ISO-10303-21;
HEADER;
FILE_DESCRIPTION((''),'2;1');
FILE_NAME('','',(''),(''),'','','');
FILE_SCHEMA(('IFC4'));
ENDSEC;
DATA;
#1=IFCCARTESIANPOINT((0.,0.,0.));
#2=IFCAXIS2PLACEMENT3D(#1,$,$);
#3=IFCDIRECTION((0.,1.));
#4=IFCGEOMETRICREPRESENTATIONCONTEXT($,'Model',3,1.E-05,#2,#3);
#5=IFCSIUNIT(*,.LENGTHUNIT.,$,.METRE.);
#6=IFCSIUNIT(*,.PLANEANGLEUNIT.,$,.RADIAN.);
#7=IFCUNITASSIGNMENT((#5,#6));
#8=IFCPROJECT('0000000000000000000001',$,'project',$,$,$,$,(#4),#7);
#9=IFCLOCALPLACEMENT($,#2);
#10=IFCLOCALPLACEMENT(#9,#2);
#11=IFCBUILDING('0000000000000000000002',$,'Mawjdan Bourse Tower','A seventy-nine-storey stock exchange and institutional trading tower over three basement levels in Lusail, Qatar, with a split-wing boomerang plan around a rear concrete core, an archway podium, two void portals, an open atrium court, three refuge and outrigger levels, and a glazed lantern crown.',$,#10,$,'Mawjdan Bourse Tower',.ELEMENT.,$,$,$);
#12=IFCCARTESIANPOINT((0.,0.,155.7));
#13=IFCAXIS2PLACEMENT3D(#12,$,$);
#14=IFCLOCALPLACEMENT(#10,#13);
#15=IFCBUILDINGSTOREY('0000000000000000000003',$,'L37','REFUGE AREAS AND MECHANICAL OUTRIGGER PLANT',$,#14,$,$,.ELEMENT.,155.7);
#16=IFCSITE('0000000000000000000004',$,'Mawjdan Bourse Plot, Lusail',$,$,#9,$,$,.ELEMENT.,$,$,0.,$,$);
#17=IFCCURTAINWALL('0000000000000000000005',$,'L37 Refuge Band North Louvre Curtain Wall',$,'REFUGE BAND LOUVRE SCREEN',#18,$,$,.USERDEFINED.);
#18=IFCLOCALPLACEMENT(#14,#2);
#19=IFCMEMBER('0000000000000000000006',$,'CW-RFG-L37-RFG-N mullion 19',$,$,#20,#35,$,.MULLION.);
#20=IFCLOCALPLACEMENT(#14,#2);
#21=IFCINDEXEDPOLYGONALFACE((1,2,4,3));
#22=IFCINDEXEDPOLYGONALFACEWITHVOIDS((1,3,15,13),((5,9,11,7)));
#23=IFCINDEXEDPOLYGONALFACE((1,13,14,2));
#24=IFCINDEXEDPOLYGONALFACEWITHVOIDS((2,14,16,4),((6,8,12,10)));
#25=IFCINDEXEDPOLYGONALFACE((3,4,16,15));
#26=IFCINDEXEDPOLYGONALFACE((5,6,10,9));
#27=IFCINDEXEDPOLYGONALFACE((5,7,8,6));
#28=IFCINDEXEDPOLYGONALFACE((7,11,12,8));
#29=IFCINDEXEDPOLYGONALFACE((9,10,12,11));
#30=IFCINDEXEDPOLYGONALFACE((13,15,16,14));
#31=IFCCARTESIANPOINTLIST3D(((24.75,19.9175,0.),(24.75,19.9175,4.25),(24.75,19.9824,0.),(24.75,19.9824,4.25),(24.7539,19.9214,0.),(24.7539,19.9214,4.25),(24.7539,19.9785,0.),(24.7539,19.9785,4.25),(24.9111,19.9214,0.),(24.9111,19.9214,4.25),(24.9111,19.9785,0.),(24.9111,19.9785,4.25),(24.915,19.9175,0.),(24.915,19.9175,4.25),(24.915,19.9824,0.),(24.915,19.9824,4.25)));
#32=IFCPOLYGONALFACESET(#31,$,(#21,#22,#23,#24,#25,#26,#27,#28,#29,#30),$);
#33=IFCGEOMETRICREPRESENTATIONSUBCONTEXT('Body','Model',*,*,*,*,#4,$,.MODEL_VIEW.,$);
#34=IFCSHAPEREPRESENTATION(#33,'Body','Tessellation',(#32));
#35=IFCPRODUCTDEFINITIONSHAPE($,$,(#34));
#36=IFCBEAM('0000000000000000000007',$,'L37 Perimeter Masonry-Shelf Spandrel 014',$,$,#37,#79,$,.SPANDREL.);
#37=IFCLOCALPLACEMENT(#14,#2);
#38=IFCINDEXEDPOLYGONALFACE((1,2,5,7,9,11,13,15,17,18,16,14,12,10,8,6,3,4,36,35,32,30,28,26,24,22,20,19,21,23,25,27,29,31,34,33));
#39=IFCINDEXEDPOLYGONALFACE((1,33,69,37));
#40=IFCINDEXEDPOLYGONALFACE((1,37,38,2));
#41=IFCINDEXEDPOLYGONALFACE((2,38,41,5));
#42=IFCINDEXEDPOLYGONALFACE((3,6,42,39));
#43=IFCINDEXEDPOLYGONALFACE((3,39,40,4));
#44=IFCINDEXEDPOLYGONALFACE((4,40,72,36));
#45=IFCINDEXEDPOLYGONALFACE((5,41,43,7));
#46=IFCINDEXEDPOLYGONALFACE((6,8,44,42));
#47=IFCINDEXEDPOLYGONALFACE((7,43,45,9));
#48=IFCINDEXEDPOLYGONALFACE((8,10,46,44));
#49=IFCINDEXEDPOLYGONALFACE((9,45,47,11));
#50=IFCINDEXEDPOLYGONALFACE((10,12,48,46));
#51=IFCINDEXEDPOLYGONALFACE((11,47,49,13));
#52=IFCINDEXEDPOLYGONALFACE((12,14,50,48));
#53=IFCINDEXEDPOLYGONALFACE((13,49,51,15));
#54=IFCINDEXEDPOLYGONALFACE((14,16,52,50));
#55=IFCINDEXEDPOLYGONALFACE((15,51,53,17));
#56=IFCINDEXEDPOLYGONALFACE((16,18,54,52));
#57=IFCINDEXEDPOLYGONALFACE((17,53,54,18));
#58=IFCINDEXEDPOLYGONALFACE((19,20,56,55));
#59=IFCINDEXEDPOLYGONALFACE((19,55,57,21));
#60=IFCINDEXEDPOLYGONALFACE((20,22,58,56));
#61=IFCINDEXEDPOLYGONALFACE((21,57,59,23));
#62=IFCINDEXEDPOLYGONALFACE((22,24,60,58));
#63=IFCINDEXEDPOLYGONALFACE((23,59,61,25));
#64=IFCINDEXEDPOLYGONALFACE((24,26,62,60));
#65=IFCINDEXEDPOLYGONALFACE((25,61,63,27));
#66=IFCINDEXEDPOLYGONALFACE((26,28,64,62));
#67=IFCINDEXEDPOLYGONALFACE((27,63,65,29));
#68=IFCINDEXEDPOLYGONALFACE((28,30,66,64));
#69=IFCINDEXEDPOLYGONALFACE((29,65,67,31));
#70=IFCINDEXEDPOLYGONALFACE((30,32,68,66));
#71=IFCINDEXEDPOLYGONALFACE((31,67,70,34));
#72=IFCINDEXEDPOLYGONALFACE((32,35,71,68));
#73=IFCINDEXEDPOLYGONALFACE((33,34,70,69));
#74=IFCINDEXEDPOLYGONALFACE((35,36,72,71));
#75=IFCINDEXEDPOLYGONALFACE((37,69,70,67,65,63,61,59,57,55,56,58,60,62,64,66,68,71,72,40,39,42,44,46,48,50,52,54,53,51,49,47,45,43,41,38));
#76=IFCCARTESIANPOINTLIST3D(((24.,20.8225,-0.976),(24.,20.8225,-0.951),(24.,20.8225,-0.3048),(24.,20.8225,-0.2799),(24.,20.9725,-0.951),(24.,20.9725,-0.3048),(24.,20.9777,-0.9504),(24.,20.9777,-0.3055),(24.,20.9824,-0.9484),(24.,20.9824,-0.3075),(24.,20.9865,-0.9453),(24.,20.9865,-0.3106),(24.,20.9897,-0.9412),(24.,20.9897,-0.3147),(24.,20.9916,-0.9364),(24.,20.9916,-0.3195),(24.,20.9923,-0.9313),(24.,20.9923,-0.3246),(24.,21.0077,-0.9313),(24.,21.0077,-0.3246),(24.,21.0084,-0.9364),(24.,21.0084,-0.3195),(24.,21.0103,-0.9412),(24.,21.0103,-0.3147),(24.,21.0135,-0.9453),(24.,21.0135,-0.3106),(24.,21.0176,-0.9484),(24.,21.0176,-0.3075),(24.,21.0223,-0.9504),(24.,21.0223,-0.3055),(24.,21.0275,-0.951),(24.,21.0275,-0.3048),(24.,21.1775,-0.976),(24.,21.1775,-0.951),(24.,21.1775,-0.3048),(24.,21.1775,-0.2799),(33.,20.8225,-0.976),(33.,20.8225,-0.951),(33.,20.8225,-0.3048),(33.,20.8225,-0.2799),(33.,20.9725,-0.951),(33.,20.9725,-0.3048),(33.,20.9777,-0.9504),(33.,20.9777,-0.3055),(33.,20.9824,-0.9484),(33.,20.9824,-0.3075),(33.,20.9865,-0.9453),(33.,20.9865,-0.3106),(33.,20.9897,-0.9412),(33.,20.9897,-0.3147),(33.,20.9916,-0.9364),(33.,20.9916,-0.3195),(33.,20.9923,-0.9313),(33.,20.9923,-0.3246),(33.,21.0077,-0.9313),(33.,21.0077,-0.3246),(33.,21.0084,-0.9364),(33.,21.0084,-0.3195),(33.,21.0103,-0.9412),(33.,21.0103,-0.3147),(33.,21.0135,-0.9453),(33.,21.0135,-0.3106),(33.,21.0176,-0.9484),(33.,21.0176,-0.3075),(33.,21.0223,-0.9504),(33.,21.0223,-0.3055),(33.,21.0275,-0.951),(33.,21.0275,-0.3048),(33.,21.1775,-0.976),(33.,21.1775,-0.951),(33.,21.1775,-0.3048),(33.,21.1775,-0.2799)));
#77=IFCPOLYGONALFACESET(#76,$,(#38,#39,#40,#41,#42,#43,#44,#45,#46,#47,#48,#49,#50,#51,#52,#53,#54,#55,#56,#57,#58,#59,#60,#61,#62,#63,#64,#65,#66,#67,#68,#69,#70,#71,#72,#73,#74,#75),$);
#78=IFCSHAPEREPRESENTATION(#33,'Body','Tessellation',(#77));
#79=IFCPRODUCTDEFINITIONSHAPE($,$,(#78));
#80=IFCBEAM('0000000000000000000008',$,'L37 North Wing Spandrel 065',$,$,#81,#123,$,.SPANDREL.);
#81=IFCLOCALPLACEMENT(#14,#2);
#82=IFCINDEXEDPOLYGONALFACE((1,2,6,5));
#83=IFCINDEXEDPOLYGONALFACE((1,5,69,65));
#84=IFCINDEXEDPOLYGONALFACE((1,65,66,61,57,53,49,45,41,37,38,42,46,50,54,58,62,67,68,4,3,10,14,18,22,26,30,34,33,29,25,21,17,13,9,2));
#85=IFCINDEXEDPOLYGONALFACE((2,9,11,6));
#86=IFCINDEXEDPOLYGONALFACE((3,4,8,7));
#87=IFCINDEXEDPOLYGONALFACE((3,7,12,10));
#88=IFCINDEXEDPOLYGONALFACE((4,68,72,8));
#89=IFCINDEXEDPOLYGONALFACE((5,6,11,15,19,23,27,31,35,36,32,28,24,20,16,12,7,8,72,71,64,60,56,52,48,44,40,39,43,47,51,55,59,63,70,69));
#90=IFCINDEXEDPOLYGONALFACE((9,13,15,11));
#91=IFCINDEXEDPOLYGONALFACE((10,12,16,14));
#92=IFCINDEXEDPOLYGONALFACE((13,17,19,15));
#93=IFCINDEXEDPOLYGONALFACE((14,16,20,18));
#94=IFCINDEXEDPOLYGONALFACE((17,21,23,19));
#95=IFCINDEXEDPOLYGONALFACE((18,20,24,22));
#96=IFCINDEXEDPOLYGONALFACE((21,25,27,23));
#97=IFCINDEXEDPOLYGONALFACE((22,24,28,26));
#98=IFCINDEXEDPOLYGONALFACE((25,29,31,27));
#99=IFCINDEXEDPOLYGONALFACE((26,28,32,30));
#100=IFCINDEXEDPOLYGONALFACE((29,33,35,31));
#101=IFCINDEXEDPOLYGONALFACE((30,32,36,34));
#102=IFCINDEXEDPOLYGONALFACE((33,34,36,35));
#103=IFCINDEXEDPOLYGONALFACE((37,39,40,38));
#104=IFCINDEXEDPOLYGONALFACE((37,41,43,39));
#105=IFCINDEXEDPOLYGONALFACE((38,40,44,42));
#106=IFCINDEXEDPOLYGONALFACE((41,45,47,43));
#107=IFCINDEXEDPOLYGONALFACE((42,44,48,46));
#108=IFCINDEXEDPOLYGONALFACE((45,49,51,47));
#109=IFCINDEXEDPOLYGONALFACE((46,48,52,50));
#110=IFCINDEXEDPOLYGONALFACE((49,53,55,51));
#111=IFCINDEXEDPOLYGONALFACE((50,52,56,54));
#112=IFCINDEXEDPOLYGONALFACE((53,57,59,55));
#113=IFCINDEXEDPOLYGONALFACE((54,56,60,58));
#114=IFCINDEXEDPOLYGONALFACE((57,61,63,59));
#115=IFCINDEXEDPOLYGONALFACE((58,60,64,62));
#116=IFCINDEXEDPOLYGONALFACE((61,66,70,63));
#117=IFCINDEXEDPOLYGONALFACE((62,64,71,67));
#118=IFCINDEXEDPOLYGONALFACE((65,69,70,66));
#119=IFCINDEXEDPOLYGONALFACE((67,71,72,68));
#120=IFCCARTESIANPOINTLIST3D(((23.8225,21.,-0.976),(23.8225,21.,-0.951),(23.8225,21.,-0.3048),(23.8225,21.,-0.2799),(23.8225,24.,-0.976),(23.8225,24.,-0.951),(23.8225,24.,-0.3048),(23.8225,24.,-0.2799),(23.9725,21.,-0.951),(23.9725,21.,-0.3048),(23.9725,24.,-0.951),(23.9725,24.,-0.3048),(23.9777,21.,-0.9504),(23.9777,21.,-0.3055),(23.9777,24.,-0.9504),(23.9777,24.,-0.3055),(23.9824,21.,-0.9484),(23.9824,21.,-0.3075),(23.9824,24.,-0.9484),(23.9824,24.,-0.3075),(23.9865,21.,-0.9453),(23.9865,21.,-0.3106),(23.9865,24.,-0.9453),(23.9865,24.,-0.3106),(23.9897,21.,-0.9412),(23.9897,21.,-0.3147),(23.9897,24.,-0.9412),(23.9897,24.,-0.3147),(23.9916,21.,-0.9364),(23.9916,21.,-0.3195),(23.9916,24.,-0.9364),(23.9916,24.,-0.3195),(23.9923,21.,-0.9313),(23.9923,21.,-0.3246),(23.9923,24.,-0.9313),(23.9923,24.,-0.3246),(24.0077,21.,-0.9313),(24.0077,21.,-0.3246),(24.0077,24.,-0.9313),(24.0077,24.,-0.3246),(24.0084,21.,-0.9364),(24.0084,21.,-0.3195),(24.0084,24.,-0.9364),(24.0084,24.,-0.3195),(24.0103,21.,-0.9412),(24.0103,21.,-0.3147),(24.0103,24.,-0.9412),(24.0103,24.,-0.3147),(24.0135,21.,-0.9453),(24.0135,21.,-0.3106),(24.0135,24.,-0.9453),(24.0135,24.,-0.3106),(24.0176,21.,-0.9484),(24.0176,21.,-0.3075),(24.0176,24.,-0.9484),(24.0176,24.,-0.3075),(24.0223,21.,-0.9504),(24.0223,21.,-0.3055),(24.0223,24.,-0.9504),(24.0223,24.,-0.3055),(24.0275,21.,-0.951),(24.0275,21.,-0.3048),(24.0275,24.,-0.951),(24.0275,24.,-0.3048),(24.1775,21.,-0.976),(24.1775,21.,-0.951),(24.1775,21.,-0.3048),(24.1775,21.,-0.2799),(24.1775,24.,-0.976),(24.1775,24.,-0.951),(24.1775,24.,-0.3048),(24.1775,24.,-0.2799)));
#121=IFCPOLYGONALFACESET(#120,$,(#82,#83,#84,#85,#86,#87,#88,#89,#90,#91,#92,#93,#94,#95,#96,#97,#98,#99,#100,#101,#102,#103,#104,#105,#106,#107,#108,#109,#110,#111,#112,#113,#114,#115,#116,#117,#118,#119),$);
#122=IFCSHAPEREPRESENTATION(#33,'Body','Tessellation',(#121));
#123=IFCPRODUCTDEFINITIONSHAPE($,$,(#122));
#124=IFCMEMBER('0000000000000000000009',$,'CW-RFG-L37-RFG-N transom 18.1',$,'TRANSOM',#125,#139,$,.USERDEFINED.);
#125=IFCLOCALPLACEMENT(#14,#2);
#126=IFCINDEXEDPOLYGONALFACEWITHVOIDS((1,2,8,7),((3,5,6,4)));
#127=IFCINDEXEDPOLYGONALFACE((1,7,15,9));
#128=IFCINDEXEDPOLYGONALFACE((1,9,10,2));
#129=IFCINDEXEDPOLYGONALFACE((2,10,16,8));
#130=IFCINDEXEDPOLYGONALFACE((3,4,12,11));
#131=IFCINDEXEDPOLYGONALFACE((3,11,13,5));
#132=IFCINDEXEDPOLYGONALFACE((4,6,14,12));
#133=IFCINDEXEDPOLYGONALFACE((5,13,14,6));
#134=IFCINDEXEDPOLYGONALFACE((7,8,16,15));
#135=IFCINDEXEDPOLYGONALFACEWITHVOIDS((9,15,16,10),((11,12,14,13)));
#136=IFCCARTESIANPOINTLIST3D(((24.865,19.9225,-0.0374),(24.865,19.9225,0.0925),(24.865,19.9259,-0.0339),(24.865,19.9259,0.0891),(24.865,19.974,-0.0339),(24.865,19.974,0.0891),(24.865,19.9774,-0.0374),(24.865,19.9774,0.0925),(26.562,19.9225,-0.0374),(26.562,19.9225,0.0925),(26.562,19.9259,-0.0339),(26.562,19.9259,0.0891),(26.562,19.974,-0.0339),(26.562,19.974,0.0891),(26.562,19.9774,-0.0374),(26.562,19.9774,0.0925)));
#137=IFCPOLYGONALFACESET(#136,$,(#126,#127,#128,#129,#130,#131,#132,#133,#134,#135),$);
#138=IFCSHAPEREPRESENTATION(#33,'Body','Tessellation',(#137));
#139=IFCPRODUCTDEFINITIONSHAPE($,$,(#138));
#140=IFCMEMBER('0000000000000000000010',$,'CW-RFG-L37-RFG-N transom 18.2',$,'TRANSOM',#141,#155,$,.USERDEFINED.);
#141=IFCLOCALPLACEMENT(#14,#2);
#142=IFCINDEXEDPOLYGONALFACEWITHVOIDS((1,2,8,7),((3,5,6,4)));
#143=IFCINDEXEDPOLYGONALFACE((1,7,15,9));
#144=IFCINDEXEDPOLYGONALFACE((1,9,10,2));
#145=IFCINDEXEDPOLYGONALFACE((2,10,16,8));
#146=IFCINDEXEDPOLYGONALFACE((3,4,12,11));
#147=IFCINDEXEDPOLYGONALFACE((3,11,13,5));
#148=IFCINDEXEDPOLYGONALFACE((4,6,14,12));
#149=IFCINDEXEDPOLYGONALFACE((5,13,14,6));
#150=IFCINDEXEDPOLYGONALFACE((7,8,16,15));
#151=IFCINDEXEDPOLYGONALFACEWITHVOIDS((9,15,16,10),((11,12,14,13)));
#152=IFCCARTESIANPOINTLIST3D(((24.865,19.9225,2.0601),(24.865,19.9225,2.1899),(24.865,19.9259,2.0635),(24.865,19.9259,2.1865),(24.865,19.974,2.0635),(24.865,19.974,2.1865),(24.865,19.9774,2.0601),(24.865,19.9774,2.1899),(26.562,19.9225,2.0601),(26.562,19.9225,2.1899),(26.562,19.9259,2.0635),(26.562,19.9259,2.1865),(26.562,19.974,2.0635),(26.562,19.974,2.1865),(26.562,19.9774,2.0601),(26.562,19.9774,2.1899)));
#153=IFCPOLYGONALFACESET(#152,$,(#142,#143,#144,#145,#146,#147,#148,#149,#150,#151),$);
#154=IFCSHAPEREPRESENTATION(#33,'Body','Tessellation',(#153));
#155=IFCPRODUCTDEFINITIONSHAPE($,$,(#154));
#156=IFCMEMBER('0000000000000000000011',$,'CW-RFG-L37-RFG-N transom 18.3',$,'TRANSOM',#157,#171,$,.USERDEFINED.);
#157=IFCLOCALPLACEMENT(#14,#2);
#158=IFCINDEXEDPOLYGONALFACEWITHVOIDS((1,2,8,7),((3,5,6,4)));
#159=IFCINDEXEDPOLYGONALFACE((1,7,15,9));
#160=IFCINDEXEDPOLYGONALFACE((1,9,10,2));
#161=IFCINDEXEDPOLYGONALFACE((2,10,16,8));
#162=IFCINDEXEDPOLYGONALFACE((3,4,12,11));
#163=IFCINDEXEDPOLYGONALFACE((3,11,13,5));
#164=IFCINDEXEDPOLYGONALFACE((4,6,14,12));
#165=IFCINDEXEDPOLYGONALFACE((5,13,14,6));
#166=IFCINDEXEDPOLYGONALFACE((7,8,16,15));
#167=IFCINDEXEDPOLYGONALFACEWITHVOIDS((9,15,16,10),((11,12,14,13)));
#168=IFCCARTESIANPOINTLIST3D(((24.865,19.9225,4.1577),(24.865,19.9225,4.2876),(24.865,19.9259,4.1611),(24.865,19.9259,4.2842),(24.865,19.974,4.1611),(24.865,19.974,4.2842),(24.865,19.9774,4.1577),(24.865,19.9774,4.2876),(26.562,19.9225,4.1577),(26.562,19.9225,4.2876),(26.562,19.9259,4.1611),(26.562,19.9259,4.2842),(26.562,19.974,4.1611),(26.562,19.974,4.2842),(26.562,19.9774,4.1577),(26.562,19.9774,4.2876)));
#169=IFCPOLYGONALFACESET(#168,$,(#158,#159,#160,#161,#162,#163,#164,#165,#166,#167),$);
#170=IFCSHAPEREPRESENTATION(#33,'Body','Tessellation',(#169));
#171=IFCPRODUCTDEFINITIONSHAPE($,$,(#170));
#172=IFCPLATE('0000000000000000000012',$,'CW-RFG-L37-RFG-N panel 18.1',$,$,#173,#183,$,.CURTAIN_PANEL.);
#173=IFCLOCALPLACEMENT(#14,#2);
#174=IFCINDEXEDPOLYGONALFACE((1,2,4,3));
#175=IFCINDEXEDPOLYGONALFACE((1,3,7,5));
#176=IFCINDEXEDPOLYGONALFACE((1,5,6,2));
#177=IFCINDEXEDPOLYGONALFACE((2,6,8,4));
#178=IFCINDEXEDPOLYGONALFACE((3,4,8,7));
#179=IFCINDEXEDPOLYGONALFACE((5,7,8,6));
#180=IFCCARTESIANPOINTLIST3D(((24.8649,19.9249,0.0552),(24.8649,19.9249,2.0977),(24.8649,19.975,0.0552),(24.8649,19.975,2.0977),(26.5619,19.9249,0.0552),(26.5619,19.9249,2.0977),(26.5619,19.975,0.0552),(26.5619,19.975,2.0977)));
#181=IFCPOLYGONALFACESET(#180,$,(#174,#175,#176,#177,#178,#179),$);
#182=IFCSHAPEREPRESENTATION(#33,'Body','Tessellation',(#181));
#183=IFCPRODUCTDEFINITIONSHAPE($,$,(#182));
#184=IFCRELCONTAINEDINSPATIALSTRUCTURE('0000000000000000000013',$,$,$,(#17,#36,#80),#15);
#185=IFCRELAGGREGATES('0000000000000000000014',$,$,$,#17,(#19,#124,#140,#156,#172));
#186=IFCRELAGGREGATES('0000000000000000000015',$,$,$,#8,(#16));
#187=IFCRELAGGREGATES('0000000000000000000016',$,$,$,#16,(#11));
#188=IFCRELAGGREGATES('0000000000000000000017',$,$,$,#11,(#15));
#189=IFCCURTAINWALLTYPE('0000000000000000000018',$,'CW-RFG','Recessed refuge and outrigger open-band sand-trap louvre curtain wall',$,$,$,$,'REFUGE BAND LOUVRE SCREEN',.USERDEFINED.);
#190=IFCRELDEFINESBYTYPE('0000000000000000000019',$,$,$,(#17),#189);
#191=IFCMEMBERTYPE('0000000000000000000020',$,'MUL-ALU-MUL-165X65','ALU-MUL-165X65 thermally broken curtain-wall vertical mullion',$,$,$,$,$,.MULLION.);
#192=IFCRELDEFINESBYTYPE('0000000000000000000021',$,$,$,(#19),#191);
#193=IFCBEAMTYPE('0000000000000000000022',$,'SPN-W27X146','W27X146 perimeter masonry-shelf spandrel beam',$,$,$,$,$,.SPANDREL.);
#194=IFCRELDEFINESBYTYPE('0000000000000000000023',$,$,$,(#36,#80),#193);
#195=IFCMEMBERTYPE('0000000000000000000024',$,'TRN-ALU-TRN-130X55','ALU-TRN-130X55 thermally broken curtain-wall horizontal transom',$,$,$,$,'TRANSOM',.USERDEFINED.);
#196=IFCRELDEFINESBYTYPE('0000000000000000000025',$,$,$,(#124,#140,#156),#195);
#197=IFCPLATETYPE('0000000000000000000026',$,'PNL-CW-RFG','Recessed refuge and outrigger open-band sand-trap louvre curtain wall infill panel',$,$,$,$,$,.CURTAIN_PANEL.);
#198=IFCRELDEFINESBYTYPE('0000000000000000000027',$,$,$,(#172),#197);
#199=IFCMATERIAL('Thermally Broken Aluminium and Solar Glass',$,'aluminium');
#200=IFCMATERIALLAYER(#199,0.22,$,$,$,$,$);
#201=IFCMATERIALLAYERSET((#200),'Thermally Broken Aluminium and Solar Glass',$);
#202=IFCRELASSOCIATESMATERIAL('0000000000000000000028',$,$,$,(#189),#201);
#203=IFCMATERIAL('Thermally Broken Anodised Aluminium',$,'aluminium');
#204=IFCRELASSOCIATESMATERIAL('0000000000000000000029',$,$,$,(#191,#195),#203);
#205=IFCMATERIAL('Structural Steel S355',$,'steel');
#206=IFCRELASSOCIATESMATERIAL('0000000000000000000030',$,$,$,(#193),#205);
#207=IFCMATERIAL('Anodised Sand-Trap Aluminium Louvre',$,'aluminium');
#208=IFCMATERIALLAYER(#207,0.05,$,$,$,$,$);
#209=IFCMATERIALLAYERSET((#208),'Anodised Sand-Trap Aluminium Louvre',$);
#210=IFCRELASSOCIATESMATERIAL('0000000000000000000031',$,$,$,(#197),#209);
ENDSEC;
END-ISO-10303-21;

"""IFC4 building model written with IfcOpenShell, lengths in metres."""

from ifc_helpers import new_model, si_unit, direction, frame, origin, origin_2d, place, context, subcontext, project, spatial, rectangle, hollow_rectangle, i_section, extrude, material, layer, layer_set, material_profile, profile_set, type_object, element, aggregate, save


model = new_model("IFC4")

# Units and contexts
model_context = context("Model", 3, precision=1e-05, world=origin(), true_north=direction((0.0, 1.0)))
body_context = subcontext(model_context, "Body", "Model", "MODEL_VIEW")
ifc_project = project(units=[si_unit("LENGTHUNIT", "METRE"), si_unit("PLANEANGLEUNIT", "RADIAN")], contexts=[model_context])

# Site, building, storey
site_placement = place(None, origin())
site = spatial("IfcSite", under=ifc_project, at=site_placement, Name="Mawjdan Bourse Plot, Lusail", CompositionType="ELEMENT", RefElevation=0.0)
building_placement = place(site_placement, origin())
building = spatial("IfcBuilding", under=site, at=building_placement, Name="Mawjdan Bourse Tower", Description="A seventy-nine-storey stock exchange and institutional trading tower over three basement levels in Lusail, Qatar, with a split-wing boomerang plan around a rear concrete core, an archway podium, two void portals, an open atrium court, three refuge and outrigger levels, and a glazed lantern crown.", LongName="Mawjdan Bourse Tower", CompositionType="ELEMENT")
storey_placement = place(building_placement, frame((0.0, 0.0, 155.7)))
storey = spatial("IfcBuildingStorey", under=building, at=storey_placement, Name="L37", Description="REFUGE AREAS AND MECHANICAL OUTRIGGER PLANT", CompositionType="ELEMENT", Elevation=155.7)

# Shared definitions
ifc_material_1 = material(Name="Structural Steel S355", Category="steel")

# Curtain wall, member
ifc_material_2 = material(Name="Thermally Broken Aluminium and Solar Glass", Category="aluminium")
ifc_layer_1 = layer(ifc_material_2, 0.22)
ifc_layer_set_1 = layer_set([ifc_layer_1], Name="Thermally Broken Aluminium and Solar Glass")
curtain_wall_type = type_object("IfcCurtainWallType", Name="CW-RFG", Description="Recessed refuge and outrigger open-band sand-trap louvre curtain wall", ElementType="REFUGE BAND LOUVRE SCREEN", PredefinedType="USERDEFINED", material=ifc_layer_set_1)
curtain_wall_placement = place(storey_placement, origin())
curtain_wall = element("IfcCurtainWall", 1, at=curtain_wall_placement, inside=storey, type_object=curtain_wall_type, Name="L37 Refuge Band North Louvre Curtain Wall", ObjectType="REFUGE BAND LOUVRE SCREEN", PredefinedType="USERDEFINED")
ifc_material_3 = material(Name="Thermally Broken Anodised Aluminium", Category="aluminium")
ifc_material_profile_1 = material_profile(ifc_material_3, hollow_rectangle(XDim=0.0649, YDim=0.165, WallThickness=0.0039, at=origin_2d()), Name="ALU-MUL-165X65")
ifc_profile_set_1 = profile_set([ifc_material_profile_1], Name="Thermally Broken Anodised Aluminium")
member_type_1 = type_object("IfcMemberType", Name="MUL-ALU-MUL-165X65", Description="ALU-MUL-165X65 thermally broken curtain-wall vertical mullion", PredefinedType="MULLION", material=ifc_profile_set_1)
member_1_placement = place(storey_placement, frame((24.8325, 19.95, 0.0), z_axis=(0.0, 0.0, 1.0), x_axis=(0.0, -1.0, 0.0)))
member_1 = element("IfcMember", 2, at=member_1_placement, type_object=member_type_1, Name="CW-RFG-L37-RFG-N mullion 19", PredefinedType="MULLION", context=body_context, shape_type="SweptSolid", body=[
    extrude(hollow_rectangle(XDim=0.0649, YDim=0.165, WallThickness=0.0039, at=origin_2d()), origin(), (0.0, 0.0, 1.0), 4.25),
])

# Beams
ifc_material_profile_2 = material_profile(ifc_material_1, i_section(OverallWidth=0.355, OverallDepth=0.696, WebThickness=0.0154, FlangeThickness=0.0249, FilletRadius=0.0198, at=origin_2d()), Name="W27X146")
ifc_profile_set_2 = profile_set([ifc_material_profile_2], Name="Structural Steel S355")
beam_type_1 = type_object("IfcBeamType", Name="SPN-W27X146", Description="W27X146 perimeter masonry-shelf spandrel beam", PredefinedType="SPANDREL", material=ifc_profile_set_2)
beam_1_placement = place(storey_placement, frame((24.0, 21.0, -0.6279), z_axis=(1.0, 0.0, 0.0), x_axis=(0.0, 1.0, 0.0)))
element("IfcBeam", 3, at=beam_1_placement, inside=storey, type_object=beam_type_1, Name="L37 Perimeter Masonry-Shelf Spandrel 014", PredefinedType="SPANDREL", context=body_context, shape_type="SweptSolid", body=[
    extrude(i_section(OverallWidth=0.355, OverallDepth=0.696, WebThickness=0.0154, FlangeThickness=0.0249, FilletRadius=0.0198, at=origin_2d()), origin(), (0.0, 0.0, 1.0), 9.0),
])
beam_2_placement = place(storey_placement, frame((24.0, 21.0, -0.6279), z_axis=(0.0, 1.0, 0.0), x_axis=(-1.0, 0.0, 0.0)))
element("IfcBeam", 4, at=beam_2_placement, inside=storey, type_object=beam_type_1, Name="L37 North Wing Spandrel 065", PredefinedType="SPANDREL", context=body_context, shape_type="SweptSolid", body=[
    extrude(i_section(OverallWidth=0.355, OverallDepth=0.696, WebThickness=0.0154, FlangeThickness=0.0249, FilletRadius=0.0198, at=origin_2d()), origin(), (0.0, 0.0, 1.0), 3.0),
])

# Members
ifc_material_profile_3 = material_profile(ifc_material_3, hollow_rectangle(XDim=0.0549, YDim=0.1299, WallThickness=0.0034, at=origin_2d()), Name="ALU-TRN-130X55")
ifc_profile_set_3 = profile_set([ifc_material_profile_3], Name="Thermally Broken Anodised Aluminium")
member_type_2 = type_object("IfcMemberType", Name="TRN-ALU-TRN-130X55", Description="ALU-TRN-130X55 thermally broken curtain-wall horizontal transom", ElementType="TRANSOM", PredefinedType="USERDEFINED", material=ifc_profile_set_3)
member_2_placement = place(storey_placement, frame((26.562, 19.95, 0.0276), z_axis=(-1.0, 0.0, 0.0), x_axis=(0.0, -1.0, 0.0)))
member_2 = element("IfcMember", 5, at=member_2_placement, type_object=member_type_2, Name="CW-RFG-L37-RFG-N transom 18.1", ObjectType="TRANSOM", PredefinedType="USERDEFINED", context=body_context, shape_type="SweptSolid", body=[
    extrude(hollow_rectangle(XDim=0.0549, YDim=0.1299, WallThickness=0.0034, at=origin_2d()), origin(), (0.0, 0.0, 1.0), 1.697),
])
member_3_placement = place(storey_placement, frame((26.562, 19.95, 2.125), z_axis=(-1.0, 0.0, 0.0), x_axis=(0.0, -1.0, 0.0)))
member_3 = element("IfcMember", 6, at=member_3_placement, type_object=member_type_2, Name="CW-RFG-L37-RFG-N transom 18.2", ObjectType="TRANSOM", PredefinedType="USERDEFINED", context=body_context, shape_type="SweptSolid", body=[
    extrude(hollow_rectangle(XDim=0.0549, YDim=0.1299, WallThickness=0.0034, at=origin_2d()), origin(), (0.0, 0.0, 1.0), 1.697),
])
member_4_placement = place(storey_placement, frame((26.562, 19.95, 4.2227), z_axis=(-1.0, 0.0, 0.0), x_axis=(0.0, -1.0, 0.0)))
member_4 = element("IfcMember", 7, at=member_4_placement, type_object=member_type_2, Name="CW-RFG-L37-RFG-N transom 18.3", ObjectType="TRANSOM", PredefinedType="USERDEFINED", context=body_context, shape_type="SweptSolid", body=[
    extrude(hollow_rectangle(XDim=0.0549, YDim=0.1299, WallThickness=0.0034, at=origin_2d()), origin(), (0.0, 0.0, 1.0), 1.697),
])

# Plate
ifc_material_4 = material(Name="Anodised Sand-Trap Aluminium Louvre", Category="aluminium")
ifc_layer_2 = layer(ifc_material_4, 0.05)
ifc_layer_set_2 = layer_set([ifc_layer_2], Name="Anodised Sand-Trap Aluminium Louvre")
plate_type = type_object("IfcPlateType", Name="PNL-CW-RFG", Description="Recessed refuge and outrigger open-band sand-trap louvre curtain wall infill panel", PredefinedType="CURTAIN_PANEL", material=ifc_layer_set_2)
plate_1_placement = place(storey_placement, frame((25.7134, 19.95, 0.0552), z_axis=(0.0, 0.0, 1.0), x_axis=(-1.0, 0.0, 0.0)))
plate_1 = element("IfcPlate", 8, at=plate_1_placement, type_object=plate_type, Name="CW-RFG-L37-RFG-N panel 18.1", PredefinedType="CURTAIN_PANEL", context=body_context, shape_type="SweptSolid", body=[
    extrude(rectangle(XDim=1.697, YDim=0.05, at=origin_2d()), origin(), (0.0, 0.0, 1.0), 2.0425),
])
aggregate(curtain_wall, [member_1, member_2, member_3, member_4, plate_1])

save(model, "model.ifc")
